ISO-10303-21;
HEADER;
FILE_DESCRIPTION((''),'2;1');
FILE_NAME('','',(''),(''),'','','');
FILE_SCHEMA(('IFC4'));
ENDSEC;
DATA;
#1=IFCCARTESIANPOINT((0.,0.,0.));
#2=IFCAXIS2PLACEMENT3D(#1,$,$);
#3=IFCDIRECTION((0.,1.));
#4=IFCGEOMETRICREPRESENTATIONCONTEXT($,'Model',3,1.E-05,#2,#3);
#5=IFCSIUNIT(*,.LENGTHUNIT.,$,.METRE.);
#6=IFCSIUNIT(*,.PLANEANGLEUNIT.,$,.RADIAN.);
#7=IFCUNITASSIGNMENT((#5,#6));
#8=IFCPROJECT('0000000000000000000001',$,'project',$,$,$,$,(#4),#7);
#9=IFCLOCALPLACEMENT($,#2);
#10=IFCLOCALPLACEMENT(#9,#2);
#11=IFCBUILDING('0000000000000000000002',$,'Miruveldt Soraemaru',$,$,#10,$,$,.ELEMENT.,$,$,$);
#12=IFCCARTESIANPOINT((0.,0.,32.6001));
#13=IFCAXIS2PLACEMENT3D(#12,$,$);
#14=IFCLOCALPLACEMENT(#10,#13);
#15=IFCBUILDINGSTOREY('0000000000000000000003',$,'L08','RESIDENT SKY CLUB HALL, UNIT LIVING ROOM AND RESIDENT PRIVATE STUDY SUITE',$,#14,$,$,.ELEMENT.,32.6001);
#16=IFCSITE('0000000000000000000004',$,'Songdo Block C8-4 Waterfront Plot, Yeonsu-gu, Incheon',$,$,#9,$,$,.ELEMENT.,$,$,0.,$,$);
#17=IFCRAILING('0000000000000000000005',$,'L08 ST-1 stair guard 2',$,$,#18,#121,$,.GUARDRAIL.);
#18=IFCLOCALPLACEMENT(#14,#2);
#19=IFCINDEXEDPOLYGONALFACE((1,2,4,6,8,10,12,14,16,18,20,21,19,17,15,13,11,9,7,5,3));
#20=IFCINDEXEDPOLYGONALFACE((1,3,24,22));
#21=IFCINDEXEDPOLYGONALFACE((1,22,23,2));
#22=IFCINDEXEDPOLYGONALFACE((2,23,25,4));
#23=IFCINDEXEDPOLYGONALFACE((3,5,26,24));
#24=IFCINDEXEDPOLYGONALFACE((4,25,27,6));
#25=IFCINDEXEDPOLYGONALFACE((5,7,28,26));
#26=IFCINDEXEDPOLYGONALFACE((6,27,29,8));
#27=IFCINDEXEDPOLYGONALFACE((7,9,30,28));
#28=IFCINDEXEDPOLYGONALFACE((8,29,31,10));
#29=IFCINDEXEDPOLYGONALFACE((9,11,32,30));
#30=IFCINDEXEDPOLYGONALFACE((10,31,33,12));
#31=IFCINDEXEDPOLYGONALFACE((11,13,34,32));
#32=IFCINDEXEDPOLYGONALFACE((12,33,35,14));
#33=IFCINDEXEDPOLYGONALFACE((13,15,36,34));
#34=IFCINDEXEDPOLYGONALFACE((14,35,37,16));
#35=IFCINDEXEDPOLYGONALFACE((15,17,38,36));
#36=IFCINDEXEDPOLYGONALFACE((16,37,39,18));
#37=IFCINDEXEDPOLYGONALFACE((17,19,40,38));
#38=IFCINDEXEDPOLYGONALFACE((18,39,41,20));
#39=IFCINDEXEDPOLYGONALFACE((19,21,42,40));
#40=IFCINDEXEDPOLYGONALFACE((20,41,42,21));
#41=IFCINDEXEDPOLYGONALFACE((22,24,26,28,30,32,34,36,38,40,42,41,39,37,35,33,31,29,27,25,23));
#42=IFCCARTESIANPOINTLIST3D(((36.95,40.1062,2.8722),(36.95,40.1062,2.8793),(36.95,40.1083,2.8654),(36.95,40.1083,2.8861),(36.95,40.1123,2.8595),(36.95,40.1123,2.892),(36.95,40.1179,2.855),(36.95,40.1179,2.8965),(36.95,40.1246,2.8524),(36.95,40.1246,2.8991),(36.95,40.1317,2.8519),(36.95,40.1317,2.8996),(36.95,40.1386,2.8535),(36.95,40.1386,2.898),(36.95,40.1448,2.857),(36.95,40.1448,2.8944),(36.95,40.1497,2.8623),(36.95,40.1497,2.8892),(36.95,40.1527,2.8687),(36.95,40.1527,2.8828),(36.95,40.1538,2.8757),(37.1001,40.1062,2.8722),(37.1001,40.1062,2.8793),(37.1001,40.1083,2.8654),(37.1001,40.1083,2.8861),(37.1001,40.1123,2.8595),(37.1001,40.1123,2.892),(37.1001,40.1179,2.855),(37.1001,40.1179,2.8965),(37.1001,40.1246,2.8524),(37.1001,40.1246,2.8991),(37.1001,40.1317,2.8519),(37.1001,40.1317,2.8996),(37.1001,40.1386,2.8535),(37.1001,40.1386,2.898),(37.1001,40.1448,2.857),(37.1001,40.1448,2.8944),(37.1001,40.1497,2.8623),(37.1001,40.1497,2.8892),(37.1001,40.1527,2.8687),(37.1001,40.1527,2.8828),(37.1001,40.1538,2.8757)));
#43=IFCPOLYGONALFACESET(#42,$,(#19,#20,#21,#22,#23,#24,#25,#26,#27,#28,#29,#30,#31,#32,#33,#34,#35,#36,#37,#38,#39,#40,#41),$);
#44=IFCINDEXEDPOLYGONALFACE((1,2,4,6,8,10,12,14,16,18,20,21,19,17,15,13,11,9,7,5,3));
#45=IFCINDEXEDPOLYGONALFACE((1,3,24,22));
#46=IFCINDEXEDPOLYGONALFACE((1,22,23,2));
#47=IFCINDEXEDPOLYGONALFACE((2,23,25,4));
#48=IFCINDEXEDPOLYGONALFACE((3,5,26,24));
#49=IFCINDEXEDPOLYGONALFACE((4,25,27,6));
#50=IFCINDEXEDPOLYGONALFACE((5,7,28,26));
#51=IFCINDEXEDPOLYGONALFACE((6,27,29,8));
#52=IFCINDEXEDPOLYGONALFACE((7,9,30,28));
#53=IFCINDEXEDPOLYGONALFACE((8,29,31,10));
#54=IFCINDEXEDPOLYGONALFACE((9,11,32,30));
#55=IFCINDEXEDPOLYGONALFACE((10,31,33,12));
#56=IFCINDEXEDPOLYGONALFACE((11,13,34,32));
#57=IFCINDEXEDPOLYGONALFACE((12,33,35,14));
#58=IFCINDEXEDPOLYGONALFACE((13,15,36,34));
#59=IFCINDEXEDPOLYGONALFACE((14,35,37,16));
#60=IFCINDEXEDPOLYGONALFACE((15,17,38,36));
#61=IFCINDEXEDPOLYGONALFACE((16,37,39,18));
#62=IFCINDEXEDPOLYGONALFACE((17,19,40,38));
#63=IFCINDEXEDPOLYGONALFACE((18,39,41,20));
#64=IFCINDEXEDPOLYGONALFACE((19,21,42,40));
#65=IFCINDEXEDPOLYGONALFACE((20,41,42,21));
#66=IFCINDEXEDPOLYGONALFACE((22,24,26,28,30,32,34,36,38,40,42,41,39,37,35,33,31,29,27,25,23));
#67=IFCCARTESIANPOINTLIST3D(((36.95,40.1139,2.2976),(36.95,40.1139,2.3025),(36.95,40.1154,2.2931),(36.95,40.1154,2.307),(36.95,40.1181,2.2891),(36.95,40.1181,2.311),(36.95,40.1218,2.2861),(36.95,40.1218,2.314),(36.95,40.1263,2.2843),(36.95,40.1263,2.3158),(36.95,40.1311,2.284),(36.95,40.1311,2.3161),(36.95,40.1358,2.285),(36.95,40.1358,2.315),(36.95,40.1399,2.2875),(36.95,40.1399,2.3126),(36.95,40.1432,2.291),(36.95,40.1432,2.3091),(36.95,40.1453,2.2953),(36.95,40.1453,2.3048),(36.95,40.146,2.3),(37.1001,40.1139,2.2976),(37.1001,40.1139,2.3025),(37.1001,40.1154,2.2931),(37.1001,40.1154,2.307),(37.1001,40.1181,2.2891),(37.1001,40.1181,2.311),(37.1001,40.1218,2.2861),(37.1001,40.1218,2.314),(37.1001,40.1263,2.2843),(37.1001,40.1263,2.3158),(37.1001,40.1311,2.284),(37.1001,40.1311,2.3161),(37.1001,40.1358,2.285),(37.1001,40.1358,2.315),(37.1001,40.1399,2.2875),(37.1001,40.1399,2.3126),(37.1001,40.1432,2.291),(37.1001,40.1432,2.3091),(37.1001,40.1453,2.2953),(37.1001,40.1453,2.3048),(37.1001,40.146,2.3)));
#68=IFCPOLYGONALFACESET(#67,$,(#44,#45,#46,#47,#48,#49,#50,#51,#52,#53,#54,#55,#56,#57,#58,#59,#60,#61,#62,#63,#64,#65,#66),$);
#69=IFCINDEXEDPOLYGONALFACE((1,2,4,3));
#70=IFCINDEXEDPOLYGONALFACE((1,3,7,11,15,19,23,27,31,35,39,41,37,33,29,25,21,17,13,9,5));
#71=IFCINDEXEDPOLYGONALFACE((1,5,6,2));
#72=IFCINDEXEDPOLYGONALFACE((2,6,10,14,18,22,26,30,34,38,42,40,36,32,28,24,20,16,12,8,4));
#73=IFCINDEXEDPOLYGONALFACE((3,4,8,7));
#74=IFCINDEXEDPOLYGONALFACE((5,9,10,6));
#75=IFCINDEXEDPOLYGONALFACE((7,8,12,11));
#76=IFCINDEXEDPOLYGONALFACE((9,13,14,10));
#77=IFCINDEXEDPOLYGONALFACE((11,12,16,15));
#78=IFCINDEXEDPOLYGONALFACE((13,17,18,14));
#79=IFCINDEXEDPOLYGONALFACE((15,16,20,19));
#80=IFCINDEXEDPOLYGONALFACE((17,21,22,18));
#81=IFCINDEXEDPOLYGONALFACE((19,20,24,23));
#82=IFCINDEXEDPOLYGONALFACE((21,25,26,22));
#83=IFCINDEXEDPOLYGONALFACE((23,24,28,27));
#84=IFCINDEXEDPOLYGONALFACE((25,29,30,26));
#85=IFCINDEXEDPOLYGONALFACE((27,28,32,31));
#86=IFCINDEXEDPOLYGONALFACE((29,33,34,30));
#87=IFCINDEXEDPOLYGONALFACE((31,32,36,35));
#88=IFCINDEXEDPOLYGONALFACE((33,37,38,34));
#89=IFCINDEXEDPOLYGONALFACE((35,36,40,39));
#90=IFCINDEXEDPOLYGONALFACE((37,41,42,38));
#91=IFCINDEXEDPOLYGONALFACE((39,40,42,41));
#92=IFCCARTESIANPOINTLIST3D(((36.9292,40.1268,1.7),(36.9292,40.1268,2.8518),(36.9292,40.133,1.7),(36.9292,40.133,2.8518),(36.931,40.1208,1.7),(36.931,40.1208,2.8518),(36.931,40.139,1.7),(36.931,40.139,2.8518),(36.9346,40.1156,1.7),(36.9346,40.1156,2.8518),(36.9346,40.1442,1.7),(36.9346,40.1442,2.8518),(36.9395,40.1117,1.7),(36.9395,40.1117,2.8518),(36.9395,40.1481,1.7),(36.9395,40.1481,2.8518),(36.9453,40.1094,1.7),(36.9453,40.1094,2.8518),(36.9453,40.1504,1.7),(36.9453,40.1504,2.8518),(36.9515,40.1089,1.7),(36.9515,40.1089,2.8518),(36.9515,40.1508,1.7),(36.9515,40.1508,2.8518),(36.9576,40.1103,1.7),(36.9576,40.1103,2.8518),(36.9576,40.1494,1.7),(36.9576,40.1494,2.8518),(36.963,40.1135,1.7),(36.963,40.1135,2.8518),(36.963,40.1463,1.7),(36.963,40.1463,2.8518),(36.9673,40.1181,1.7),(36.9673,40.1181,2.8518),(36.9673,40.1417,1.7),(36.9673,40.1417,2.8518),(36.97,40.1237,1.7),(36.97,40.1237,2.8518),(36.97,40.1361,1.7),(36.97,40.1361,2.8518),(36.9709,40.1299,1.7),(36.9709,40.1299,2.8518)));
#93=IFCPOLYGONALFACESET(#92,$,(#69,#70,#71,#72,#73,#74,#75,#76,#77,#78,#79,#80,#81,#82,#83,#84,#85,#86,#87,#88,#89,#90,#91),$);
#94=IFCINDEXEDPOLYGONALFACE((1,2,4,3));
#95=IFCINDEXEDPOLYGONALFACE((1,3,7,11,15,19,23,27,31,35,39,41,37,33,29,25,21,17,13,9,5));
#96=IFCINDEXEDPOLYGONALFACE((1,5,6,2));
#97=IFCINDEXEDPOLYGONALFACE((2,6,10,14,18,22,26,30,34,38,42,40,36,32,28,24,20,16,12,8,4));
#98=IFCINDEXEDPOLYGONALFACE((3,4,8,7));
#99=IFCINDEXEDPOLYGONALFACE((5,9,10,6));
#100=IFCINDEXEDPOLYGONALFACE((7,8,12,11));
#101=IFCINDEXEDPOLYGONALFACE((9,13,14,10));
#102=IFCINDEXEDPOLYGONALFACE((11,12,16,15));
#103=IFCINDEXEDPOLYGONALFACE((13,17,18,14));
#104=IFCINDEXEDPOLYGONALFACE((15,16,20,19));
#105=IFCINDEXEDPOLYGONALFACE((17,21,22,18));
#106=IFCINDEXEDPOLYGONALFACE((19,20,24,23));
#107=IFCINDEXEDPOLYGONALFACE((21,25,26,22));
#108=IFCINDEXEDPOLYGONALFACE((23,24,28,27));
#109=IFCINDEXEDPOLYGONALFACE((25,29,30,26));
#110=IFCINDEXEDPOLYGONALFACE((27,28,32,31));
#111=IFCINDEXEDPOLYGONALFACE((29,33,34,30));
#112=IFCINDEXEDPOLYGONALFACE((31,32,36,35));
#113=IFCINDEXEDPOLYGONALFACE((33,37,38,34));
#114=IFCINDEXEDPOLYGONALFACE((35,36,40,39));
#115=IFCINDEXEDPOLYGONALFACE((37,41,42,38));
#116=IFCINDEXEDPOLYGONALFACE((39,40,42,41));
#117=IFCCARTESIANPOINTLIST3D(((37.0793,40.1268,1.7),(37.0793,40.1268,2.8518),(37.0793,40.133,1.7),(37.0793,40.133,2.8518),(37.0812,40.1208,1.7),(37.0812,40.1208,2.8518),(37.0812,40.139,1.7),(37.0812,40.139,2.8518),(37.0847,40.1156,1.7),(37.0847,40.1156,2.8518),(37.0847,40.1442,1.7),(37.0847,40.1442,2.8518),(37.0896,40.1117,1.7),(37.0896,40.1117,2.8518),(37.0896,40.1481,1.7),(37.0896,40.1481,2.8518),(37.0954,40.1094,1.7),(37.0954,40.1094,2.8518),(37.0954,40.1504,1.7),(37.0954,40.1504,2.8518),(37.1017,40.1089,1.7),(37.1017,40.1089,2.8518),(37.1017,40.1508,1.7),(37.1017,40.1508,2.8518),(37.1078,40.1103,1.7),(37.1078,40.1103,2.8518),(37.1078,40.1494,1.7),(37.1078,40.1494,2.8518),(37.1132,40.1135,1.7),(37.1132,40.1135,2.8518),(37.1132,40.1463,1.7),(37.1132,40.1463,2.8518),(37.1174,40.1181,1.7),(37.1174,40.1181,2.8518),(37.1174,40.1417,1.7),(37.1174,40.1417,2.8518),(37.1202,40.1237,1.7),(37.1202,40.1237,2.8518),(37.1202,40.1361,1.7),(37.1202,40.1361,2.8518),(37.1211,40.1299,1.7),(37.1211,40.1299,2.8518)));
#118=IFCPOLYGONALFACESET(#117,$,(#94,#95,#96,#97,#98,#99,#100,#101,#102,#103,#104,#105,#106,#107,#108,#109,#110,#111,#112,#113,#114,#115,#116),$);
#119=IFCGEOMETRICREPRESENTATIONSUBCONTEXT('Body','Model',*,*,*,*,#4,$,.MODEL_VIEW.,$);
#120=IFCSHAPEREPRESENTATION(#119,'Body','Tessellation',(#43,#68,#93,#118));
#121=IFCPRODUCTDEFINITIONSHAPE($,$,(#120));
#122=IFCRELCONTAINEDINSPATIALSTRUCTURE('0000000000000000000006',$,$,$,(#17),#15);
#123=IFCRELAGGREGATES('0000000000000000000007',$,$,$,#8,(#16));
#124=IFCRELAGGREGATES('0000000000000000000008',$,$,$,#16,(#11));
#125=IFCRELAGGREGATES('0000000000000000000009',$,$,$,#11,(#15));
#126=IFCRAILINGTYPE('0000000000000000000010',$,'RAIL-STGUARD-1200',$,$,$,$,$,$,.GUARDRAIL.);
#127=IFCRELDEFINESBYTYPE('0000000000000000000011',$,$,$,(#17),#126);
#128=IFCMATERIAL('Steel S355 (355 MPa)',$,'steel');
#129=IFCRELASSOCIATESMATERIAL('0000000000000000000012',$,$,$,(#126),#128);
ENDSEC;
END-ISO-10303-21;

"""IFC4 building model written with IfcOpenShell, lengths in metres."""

from ifc_helpers import new_model, si_unit, direction, frame, origin, origin_2d, place, context, subcontext, project, spatial, circle, extrude, material, type_object, element, save


model = new_model("IFC4")

# Units and contexts
model_context = context("Model", 3, precision=1e-05, world=origin(), true_north=direction((0.0, 1.0)))
body_context = subcontext(model_context, "Body", "Model", "MODEL_VIEW")
ifc_project = project(units=[si_unit("LENGTHUNIT", "METRE"), si_unit("PLANEANGLEUNIT", "RADIAN")], contexts=[model_context])

# Site, building, storey
site_placement = place(None, origin())
site = spatial("IfcSite", under=ifc_project, at=site_placement, Name="Songdo Block C8-4 Waterfront Plot, Yeonsu-gu, Incheon", CompositionType="ELEMENT", RefElevation=0.0)
building_placement = place(site_placement, origin())
building = spatial("IfcBuilding", under=site, at=building_placement, Name="Miruveldt Soraemaru", CompositionType="ELEMENT")
storey_placement = place(building_placement, frame((0.0, 0.0, 32.6001)))
storey = spatial("IfcBuildingStorey", under=building, at=storey_placement, Name="L08", Description="RESIDENT SKY CLUB HALL, UNIT LIVING ROOM AND RESIDENT PRIVATE STUDY SUITE", CompositionType="ELEMENT", Elevation=32.6001)

# Railing
ifc_material_1 = material(Name="Steel S355 (355 MPa)", Category="steel")
railing_type_1 = type_object("IfcRailingType", Name="RAIL-STGUARD-1200", PredefinedType="GUARDRAIL", material=ifc_material_1)
railing_1_placement = place(storey_placement, frame((36.95, 40.1299, 1.7)))
element("IfcRailing", 1, at=railing_1_placement, inside=storey, type_object=railing_type_1, Name="L08 ST-1 stair guard 2", PredefinedType="GUARDRAIL", context=body_context, shape_type="SweptSolid", body=[
    extrude(circle(Radius=0.0239, at=origin_2d()), frame((0.0, 0.0, 1.1758), z_axis=(1.0, 0.0, 0.0), x_axis=(0.0, 1.0, 0.0)), (0.0, 0.0, 1.0), 0.1501),
    extrude(circle(Radius=0.0161, at=origin_2d()), frame((0.0, 0.0, 0.6001), z_axis=(1.0, 0.0, 0.0), x_axis=(0.0, 1.0, 0.0)), (0.0, 0.0, 1.0), 0.1501),
    extrude(circle(Radius=0.021, at=origin_2d()), origin(), (0.0, 0.0, 1.0), 1.1519),
    extrude(circle(Radius=0.021, at=origin_2d()), frame((0.1501, 0.0, 0.0)), (0.0, 0.0, 1.0), 1.1519),
])

save(model, "model.ifc")
